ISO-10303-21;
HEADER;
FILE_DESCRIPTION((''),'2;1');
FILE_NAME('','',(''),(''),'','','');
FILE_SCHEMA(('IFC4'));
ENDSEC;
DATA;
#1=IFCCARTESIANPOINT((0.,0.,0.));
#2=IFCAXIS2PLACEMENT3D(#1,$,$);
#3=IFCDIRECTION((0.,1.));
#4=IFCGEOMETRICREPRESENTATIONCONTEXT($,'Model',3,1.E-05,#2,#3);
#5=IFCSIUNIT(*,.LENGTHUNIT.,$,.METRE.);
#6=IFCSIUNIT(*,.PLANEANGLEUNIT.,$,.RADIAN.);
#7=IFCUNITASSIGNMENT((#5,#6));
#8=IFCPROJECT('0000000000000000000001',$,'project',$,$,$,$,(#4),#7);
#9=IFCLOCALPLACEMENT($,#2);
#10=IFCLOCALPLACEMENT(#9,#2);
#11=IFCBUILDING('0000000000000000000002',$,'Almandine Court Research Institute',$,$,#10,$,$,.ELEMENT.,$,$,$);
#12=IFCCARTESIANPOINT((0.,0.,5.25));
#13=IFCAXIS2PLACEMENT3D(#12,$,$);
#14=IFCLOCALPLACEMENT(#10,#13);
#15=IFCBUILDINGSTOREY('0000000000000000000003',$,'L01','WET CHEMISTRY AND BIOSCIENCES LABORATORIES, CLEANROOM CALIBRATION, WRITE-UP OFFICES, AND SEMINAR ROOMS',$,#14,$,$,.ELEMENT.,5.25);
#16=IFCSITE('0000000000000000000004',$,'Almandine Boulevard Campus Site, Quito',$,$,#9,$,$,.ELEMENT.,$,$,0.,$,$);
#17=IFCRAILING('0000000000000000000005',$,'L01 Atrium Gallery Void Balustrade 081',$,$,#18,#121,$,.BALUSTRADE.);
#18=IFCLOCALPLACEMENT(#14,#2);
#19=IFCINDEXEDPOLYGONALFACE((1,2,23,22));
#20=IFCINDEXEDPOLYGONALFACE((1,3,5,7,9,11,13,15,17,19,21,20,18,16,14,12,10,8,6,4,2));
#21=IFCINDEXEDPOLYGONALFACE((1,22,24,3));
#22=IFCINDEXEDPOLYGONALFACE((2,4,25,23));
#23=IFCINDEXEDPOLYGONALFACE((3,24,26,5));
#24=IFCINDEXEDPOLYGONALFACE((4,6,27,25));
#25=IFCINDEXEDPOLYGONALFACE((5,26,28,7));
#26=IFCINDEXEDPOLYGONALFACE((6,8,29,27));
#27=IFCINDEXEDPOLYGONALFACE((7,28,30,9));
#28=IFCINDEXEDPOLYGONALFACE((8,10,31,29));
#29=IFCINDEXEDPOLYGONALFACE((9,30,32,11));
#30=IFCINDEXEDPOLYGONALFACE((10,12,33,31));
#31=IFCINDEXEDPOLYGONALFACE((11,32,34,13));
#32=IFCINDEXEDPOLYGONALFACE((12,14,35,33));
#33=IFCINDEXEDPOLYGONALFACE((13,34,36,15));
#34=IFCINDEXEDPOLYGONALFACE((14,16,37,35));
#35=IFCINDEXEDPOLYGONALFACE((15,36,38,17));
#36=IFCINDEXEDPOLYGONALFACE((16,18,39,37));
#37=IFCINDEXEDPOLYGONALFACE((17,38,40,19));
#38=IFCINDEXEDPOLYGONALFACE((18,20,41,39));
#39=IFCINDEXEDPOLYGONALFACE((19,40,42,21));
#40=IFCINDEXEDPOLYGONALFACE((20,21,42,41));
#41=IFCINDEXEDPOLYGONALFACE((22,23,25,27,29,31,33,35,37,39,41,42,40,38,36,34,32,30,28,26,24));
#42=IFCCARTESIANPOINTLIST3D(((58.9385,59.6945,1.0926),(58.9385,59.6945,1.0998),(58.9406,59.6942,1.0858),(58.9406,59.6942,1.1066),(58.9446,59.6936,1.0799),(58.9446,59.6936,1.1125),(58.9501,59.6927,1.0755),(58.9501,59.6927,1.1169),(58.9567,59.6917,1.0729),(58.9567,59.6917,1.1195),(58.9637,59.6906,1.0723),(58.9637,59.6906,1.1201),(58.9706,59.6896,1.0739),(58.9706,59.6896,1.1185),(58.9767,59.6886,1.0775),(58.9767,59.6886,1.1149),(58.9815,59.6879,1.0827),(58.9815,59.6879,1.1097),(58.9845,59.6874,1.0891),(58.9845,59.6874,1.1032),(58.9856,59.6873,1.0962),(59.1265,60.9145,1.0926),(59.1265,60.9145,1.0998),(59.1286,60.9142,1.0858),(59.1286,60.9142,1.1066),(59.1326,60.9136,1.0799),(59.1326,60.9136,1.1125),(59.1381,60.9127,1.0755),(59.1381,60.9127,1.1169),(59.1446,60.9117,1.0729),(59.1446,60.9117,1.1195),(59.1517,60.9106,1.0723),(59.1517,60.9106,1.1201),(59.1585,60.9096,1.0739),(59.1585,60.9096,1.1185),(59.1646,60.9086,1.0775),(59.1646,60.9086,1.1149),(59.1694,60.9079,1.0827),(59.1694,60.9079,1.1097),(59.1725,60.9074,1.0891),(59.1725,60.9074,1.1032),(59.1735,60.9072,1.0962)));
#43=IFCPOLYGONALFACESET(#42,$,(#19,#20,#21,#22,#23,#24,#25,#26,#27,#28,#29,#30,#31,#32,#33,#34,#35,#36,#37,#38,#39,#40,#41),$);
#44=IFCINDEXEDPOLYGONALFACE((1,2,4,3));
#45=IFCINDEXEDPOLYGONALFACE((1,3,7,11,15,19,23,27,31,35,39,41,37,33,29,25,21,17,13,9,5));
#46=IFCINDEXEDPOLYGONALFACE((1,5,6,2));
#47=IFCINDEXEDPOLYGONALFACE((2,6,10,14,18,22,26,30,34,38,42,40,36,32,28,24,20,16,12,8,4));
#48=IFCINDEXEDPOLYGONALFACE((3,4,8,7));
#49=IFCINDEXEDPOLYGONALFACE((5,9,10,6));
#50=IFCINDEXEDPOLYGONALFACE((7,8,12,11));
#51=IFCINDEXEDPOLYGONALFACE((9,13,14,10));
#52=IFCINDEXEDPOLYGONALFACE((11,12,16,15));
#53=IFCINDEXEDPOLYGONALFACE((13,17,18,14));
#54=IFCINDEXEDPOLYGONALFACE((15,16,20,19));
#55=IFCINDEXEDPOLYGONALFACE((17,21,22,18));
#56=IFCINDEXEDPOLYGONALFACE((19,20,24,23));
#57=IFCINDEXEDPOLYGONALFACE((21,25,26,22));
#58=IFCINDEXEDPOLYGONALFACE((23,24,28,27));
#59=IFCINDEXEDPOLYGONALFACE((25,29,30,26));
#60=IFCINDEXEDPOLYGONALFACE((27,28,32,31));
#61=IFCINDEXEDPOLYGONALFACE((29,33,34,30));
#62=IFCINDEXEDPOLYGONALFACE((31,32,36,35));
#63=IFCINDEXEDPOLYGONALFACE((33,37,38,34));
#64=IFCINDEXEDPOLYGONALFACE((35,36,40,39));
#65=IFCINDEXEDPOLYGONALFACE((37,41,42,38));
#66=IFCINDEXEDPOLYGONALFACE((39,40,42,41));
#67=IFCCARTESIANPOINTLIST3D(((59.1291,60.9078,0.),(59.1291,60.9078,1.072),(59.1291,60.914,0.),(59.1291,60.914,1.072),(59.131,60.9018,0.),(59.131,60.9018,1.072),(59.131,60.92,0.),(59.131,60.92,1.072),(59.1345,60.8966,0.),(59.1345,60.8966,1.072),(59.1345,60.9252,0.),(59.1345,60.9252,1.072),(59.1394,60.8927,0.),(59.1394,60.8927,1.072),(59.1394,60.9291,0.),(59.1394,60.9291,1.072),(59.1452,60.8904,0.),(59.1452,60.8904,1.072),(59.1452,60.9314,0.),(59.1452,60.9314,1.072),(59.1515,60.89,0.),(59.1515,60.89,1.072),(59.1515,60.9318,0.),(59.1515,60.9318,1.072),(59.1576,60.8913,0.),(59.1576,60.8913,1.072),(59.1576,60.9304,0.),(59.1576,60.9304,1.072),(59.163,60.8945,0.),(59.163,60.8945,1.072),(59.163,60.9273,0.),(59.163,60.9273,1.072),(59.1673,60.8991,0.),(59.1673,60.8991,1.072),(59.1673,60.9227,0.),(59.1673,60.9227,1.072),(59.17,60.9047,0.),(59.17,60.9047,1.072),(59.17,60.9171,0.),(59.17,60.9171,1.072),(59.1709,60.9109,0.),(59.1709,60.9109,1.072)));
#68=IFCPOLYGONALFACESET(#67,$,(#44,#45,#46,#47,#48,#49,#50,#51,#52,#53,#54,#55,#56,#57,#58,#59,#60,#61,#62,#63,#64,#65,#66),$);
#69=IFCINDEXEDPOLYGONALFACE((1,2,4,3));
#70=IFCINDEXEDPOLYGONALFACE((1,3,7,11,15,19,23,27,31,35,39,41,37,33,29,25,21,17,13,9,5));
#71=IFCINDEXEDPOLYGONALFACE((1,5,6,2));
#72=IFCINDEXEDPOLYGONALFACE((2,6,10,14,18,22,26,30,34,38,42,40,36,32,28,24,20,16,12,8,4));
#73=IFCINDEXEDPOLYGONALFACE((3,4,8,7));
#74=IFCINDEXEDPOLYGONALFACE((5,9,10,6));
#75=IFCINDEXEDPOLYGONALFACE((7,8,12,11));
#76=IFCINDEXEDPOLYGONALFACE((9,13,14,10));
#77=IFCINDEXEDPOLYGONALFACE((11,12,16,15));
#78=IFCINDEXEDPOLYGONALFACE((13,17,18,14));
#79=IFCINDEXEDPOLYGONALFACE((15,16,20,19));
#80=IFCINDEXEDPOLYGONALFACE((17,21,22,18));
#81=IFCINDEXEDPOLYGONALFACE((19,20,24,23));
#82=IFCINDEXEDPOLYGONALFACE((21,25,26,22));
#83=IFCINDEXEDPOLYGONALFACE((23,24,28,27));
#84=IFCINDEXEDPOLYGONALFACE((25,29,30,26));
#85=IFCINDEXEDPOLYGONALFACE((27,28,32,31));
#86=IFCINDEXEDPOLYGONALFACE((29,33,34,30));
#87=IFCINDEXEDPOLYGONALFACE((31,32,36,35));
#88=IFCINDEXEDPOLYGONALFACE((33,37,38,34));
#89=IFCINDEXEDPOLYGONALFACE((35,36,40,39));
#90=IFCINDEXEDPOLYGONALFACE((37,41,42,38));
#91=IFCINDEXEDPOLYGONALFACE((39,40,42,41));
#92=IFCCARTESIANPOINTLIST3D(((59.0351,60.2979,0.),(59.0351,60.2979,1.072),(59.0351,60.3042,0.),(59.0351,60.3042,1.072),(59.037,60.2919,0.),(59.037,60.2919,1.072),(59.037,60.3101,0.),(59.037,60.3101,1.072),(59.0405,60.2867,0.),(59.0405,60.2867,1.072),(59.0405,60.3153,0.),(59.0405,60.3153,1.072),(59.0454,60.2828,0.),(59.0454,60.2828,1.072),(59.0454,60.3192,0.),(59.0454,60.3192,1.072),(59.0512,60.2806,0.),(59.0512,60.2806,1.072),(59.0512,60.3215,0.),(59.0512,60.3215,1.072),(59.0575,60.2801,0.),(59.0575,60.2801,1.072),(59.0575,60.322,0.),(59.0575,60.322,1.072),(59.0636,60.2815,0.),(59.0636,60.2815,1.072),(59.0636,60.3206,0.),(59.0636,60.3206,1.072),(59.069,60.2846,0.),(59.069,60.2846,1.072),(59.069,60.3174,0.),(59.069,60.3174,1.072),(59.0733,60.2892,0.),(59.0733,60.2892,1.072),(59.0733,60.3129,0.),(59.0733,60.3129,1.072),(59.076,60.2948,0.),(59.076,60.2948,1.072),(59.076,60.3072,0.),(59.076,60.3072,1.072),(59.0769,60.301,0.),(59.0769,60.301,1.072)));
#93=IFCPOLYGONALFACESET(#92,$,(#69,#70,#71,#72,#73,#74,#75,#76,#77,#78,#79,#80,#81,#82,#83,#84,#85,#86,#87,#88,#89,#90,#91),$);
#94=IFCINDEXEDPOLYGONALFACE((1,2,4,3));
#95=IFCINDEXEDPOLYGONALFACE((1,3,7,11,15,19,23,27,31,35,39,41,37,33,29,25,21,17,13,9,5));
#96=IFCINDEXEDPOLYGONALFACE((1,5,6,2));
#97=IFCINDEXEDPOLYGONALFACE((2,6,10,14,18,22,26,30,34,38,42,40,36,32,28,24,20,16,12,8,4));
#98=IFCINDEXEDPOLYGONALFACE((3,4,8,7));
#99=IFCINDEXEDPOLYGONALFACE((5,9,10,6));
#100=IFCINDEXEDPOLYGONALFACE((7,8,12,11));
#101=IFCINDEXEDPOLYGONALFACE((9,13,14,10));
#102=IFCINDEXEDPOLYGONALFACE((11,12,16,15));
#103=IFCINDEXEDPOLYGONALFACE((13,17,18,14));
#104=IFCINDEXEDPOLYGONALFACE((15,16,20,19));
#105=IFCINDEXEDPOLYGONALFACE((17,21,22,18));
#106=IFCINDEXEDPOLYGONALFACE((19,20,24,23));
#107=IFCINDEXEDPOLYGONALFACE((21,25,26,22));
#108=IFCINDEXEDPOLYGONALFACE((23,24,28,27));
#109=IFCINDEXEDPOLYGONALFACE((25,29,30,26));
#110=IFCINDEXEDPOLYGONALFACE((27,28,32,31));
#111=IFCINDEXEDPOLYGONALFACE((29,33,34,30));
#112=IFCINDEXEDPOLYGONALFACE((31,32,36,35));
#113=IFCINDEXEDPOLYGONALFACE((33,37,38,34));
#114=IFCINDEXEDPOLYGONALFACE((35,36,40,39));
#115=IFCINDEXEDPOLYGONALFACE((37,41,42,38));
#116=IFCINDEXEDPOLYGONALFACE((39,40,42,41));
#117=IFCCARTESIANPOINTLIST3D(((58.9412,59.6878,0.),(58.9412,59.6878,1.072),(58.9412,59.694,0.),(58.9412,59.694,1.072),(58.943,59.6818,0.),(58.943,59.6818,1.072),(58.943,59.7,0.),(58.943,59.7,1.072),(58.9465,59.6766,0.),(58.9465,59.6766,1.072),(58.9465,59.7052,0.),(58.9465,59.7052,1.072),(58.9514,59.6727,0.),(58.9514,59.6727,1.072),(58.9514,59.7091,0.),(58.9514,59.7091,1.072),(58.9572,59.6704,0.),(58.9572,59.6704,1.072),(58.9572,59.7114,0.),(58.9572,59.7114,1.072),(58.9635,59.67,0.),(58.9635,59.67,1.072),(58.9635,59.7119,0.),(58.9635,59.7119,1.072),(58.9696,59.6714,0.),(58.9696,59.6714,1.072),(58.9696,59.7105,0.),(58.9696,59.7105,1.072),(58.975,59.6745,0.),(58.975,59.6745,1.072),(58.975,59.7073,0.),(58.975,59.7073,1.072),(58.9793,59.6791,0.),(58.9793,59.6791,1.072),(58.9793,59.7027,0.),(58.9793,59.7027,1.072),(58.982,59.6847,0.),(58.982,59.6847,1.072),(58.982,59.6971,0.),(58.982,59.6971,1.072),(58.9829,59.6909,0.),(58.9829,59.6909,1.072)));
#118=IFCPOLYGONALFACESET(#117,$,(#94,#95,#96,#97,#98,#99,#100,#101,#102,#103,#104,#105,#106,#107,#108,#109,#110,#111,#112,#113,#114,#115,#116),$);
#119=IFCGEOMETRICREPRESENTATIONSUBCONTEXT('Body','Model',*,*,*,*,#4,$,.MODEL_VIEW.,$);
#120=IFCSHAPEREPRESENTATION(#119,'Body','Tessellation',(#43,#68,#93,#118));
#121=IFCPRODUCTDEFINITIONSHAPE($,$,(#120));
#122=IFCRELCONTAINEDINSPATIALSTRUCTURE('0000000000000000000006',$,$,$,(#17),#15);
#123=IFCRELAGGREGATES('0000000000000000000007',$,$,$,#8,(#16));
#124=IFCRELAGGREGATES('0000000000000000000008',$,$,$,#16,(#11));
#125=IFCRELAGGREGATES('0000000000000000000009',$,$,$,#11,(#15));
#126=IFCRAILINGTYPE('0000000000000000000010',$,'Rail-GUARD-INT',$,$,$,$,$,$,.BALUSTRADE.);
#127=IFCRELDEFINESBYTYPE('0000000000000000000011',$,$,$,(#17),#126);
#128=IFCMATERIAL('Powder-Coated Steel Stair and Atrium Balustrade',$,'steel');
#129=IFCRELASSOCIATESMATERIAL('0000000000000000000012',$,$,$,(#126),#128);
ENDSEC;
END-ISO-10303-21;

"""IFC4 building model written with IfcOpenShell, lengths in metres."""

from ifc_helpers import new_model, si_unit, direction, frame, origin, origin_2d, place, context, subcontext, project, spatial, circle, extrude, material, type_object, element, save


model = new_model("IFC4")

# Units and contexts
model_context = context("Model", 3, precision=1e-05, world=origin(), true_north=direction((0.0, 1.0)))
body_context = subcontext(model_context, "Body", "Model", "MODEL_VIEW")
ifc_project = project(units=[si_unit("LENGTHUNIT", "METRE"), si_unit("PLANEANGLEUNIT", "RADIAN")], contexts=[model_context])

# Site, building, storey
site_placement = place(None, origin())
site = spatial("IfcSite", under=ifc_project, at=site_placement, Name="Almandine Boulevard Campus Site, Quito", CompositionType="ELEMENT", RefElevation=0.0)
building_placement = place(site_placement, origin())
building = spatial("IfcBuilding", under=site, at=building_placement, Name="Almandine Court Research Institute", CompositionType="ELEMENT")
storey_placement = place(building_placement, frame((0.0, 0.0, 5.25)))
storey = spatial("IfcBuildingStorey", under=building, at=storey_placement, Name="L01", Description="WET CHEMISTRY AND BIOSCIENCES LABORATORIES, CLEANROOM CALIBRATION, WRITE-UP OFFICES, AND SEMINAR ROOMS", CompositionType="ELEMENT", Elevation=5.25)

# Railing
ifc_material_1 = material(Name="Powder-Coated Steel Stair and Atrium Balustrade", Category="steel")
railing_type = type_object("IfcRailingType", Name="Rail-GUARD-INT", PredefinedType="BALUSTRADE", material=ifc_material_1)
railing_1_placement = place(storey_placement, frame((59.1499, 60.9109, 0.0)))
element("IfcRailing", 1, at=railing_1_placement, inside=storey, type_object=railing_type, Name="L01 Atrium Gallery Void Balustrade 081", PredefinedType="BALUSTRADE", context=body_context, shape_type="SweptSolid", body=[
    extrude(circle(Radius=0.0239, at=origin_2d()), frame((0.0, 0.0, 1.0962), z_axis=(-0.152295, -0.988335, 0.0), x_axis=(0.988335, -0.152295, 0.0)), (0.0, 0.0, 1.0), 1.2344),
    extrude(circle(Radius=0.021, at=origin_2d()), origin(), (0.0, 0.0, 1.0), 1.072),
    extrude(circle(Radius=0.021, at=origin_2d()), frame((-0.094, -0.6099, 0.0)), (0.0, 0.0, 1.0), 1.072),
    extrude(circle(Radius=0.021, at=origin_2d()), frame((-0.188, -1.22, 0.0)), (0.0, 0.0, 1.0), 1.072),
])

save(model, "model.ifc")
